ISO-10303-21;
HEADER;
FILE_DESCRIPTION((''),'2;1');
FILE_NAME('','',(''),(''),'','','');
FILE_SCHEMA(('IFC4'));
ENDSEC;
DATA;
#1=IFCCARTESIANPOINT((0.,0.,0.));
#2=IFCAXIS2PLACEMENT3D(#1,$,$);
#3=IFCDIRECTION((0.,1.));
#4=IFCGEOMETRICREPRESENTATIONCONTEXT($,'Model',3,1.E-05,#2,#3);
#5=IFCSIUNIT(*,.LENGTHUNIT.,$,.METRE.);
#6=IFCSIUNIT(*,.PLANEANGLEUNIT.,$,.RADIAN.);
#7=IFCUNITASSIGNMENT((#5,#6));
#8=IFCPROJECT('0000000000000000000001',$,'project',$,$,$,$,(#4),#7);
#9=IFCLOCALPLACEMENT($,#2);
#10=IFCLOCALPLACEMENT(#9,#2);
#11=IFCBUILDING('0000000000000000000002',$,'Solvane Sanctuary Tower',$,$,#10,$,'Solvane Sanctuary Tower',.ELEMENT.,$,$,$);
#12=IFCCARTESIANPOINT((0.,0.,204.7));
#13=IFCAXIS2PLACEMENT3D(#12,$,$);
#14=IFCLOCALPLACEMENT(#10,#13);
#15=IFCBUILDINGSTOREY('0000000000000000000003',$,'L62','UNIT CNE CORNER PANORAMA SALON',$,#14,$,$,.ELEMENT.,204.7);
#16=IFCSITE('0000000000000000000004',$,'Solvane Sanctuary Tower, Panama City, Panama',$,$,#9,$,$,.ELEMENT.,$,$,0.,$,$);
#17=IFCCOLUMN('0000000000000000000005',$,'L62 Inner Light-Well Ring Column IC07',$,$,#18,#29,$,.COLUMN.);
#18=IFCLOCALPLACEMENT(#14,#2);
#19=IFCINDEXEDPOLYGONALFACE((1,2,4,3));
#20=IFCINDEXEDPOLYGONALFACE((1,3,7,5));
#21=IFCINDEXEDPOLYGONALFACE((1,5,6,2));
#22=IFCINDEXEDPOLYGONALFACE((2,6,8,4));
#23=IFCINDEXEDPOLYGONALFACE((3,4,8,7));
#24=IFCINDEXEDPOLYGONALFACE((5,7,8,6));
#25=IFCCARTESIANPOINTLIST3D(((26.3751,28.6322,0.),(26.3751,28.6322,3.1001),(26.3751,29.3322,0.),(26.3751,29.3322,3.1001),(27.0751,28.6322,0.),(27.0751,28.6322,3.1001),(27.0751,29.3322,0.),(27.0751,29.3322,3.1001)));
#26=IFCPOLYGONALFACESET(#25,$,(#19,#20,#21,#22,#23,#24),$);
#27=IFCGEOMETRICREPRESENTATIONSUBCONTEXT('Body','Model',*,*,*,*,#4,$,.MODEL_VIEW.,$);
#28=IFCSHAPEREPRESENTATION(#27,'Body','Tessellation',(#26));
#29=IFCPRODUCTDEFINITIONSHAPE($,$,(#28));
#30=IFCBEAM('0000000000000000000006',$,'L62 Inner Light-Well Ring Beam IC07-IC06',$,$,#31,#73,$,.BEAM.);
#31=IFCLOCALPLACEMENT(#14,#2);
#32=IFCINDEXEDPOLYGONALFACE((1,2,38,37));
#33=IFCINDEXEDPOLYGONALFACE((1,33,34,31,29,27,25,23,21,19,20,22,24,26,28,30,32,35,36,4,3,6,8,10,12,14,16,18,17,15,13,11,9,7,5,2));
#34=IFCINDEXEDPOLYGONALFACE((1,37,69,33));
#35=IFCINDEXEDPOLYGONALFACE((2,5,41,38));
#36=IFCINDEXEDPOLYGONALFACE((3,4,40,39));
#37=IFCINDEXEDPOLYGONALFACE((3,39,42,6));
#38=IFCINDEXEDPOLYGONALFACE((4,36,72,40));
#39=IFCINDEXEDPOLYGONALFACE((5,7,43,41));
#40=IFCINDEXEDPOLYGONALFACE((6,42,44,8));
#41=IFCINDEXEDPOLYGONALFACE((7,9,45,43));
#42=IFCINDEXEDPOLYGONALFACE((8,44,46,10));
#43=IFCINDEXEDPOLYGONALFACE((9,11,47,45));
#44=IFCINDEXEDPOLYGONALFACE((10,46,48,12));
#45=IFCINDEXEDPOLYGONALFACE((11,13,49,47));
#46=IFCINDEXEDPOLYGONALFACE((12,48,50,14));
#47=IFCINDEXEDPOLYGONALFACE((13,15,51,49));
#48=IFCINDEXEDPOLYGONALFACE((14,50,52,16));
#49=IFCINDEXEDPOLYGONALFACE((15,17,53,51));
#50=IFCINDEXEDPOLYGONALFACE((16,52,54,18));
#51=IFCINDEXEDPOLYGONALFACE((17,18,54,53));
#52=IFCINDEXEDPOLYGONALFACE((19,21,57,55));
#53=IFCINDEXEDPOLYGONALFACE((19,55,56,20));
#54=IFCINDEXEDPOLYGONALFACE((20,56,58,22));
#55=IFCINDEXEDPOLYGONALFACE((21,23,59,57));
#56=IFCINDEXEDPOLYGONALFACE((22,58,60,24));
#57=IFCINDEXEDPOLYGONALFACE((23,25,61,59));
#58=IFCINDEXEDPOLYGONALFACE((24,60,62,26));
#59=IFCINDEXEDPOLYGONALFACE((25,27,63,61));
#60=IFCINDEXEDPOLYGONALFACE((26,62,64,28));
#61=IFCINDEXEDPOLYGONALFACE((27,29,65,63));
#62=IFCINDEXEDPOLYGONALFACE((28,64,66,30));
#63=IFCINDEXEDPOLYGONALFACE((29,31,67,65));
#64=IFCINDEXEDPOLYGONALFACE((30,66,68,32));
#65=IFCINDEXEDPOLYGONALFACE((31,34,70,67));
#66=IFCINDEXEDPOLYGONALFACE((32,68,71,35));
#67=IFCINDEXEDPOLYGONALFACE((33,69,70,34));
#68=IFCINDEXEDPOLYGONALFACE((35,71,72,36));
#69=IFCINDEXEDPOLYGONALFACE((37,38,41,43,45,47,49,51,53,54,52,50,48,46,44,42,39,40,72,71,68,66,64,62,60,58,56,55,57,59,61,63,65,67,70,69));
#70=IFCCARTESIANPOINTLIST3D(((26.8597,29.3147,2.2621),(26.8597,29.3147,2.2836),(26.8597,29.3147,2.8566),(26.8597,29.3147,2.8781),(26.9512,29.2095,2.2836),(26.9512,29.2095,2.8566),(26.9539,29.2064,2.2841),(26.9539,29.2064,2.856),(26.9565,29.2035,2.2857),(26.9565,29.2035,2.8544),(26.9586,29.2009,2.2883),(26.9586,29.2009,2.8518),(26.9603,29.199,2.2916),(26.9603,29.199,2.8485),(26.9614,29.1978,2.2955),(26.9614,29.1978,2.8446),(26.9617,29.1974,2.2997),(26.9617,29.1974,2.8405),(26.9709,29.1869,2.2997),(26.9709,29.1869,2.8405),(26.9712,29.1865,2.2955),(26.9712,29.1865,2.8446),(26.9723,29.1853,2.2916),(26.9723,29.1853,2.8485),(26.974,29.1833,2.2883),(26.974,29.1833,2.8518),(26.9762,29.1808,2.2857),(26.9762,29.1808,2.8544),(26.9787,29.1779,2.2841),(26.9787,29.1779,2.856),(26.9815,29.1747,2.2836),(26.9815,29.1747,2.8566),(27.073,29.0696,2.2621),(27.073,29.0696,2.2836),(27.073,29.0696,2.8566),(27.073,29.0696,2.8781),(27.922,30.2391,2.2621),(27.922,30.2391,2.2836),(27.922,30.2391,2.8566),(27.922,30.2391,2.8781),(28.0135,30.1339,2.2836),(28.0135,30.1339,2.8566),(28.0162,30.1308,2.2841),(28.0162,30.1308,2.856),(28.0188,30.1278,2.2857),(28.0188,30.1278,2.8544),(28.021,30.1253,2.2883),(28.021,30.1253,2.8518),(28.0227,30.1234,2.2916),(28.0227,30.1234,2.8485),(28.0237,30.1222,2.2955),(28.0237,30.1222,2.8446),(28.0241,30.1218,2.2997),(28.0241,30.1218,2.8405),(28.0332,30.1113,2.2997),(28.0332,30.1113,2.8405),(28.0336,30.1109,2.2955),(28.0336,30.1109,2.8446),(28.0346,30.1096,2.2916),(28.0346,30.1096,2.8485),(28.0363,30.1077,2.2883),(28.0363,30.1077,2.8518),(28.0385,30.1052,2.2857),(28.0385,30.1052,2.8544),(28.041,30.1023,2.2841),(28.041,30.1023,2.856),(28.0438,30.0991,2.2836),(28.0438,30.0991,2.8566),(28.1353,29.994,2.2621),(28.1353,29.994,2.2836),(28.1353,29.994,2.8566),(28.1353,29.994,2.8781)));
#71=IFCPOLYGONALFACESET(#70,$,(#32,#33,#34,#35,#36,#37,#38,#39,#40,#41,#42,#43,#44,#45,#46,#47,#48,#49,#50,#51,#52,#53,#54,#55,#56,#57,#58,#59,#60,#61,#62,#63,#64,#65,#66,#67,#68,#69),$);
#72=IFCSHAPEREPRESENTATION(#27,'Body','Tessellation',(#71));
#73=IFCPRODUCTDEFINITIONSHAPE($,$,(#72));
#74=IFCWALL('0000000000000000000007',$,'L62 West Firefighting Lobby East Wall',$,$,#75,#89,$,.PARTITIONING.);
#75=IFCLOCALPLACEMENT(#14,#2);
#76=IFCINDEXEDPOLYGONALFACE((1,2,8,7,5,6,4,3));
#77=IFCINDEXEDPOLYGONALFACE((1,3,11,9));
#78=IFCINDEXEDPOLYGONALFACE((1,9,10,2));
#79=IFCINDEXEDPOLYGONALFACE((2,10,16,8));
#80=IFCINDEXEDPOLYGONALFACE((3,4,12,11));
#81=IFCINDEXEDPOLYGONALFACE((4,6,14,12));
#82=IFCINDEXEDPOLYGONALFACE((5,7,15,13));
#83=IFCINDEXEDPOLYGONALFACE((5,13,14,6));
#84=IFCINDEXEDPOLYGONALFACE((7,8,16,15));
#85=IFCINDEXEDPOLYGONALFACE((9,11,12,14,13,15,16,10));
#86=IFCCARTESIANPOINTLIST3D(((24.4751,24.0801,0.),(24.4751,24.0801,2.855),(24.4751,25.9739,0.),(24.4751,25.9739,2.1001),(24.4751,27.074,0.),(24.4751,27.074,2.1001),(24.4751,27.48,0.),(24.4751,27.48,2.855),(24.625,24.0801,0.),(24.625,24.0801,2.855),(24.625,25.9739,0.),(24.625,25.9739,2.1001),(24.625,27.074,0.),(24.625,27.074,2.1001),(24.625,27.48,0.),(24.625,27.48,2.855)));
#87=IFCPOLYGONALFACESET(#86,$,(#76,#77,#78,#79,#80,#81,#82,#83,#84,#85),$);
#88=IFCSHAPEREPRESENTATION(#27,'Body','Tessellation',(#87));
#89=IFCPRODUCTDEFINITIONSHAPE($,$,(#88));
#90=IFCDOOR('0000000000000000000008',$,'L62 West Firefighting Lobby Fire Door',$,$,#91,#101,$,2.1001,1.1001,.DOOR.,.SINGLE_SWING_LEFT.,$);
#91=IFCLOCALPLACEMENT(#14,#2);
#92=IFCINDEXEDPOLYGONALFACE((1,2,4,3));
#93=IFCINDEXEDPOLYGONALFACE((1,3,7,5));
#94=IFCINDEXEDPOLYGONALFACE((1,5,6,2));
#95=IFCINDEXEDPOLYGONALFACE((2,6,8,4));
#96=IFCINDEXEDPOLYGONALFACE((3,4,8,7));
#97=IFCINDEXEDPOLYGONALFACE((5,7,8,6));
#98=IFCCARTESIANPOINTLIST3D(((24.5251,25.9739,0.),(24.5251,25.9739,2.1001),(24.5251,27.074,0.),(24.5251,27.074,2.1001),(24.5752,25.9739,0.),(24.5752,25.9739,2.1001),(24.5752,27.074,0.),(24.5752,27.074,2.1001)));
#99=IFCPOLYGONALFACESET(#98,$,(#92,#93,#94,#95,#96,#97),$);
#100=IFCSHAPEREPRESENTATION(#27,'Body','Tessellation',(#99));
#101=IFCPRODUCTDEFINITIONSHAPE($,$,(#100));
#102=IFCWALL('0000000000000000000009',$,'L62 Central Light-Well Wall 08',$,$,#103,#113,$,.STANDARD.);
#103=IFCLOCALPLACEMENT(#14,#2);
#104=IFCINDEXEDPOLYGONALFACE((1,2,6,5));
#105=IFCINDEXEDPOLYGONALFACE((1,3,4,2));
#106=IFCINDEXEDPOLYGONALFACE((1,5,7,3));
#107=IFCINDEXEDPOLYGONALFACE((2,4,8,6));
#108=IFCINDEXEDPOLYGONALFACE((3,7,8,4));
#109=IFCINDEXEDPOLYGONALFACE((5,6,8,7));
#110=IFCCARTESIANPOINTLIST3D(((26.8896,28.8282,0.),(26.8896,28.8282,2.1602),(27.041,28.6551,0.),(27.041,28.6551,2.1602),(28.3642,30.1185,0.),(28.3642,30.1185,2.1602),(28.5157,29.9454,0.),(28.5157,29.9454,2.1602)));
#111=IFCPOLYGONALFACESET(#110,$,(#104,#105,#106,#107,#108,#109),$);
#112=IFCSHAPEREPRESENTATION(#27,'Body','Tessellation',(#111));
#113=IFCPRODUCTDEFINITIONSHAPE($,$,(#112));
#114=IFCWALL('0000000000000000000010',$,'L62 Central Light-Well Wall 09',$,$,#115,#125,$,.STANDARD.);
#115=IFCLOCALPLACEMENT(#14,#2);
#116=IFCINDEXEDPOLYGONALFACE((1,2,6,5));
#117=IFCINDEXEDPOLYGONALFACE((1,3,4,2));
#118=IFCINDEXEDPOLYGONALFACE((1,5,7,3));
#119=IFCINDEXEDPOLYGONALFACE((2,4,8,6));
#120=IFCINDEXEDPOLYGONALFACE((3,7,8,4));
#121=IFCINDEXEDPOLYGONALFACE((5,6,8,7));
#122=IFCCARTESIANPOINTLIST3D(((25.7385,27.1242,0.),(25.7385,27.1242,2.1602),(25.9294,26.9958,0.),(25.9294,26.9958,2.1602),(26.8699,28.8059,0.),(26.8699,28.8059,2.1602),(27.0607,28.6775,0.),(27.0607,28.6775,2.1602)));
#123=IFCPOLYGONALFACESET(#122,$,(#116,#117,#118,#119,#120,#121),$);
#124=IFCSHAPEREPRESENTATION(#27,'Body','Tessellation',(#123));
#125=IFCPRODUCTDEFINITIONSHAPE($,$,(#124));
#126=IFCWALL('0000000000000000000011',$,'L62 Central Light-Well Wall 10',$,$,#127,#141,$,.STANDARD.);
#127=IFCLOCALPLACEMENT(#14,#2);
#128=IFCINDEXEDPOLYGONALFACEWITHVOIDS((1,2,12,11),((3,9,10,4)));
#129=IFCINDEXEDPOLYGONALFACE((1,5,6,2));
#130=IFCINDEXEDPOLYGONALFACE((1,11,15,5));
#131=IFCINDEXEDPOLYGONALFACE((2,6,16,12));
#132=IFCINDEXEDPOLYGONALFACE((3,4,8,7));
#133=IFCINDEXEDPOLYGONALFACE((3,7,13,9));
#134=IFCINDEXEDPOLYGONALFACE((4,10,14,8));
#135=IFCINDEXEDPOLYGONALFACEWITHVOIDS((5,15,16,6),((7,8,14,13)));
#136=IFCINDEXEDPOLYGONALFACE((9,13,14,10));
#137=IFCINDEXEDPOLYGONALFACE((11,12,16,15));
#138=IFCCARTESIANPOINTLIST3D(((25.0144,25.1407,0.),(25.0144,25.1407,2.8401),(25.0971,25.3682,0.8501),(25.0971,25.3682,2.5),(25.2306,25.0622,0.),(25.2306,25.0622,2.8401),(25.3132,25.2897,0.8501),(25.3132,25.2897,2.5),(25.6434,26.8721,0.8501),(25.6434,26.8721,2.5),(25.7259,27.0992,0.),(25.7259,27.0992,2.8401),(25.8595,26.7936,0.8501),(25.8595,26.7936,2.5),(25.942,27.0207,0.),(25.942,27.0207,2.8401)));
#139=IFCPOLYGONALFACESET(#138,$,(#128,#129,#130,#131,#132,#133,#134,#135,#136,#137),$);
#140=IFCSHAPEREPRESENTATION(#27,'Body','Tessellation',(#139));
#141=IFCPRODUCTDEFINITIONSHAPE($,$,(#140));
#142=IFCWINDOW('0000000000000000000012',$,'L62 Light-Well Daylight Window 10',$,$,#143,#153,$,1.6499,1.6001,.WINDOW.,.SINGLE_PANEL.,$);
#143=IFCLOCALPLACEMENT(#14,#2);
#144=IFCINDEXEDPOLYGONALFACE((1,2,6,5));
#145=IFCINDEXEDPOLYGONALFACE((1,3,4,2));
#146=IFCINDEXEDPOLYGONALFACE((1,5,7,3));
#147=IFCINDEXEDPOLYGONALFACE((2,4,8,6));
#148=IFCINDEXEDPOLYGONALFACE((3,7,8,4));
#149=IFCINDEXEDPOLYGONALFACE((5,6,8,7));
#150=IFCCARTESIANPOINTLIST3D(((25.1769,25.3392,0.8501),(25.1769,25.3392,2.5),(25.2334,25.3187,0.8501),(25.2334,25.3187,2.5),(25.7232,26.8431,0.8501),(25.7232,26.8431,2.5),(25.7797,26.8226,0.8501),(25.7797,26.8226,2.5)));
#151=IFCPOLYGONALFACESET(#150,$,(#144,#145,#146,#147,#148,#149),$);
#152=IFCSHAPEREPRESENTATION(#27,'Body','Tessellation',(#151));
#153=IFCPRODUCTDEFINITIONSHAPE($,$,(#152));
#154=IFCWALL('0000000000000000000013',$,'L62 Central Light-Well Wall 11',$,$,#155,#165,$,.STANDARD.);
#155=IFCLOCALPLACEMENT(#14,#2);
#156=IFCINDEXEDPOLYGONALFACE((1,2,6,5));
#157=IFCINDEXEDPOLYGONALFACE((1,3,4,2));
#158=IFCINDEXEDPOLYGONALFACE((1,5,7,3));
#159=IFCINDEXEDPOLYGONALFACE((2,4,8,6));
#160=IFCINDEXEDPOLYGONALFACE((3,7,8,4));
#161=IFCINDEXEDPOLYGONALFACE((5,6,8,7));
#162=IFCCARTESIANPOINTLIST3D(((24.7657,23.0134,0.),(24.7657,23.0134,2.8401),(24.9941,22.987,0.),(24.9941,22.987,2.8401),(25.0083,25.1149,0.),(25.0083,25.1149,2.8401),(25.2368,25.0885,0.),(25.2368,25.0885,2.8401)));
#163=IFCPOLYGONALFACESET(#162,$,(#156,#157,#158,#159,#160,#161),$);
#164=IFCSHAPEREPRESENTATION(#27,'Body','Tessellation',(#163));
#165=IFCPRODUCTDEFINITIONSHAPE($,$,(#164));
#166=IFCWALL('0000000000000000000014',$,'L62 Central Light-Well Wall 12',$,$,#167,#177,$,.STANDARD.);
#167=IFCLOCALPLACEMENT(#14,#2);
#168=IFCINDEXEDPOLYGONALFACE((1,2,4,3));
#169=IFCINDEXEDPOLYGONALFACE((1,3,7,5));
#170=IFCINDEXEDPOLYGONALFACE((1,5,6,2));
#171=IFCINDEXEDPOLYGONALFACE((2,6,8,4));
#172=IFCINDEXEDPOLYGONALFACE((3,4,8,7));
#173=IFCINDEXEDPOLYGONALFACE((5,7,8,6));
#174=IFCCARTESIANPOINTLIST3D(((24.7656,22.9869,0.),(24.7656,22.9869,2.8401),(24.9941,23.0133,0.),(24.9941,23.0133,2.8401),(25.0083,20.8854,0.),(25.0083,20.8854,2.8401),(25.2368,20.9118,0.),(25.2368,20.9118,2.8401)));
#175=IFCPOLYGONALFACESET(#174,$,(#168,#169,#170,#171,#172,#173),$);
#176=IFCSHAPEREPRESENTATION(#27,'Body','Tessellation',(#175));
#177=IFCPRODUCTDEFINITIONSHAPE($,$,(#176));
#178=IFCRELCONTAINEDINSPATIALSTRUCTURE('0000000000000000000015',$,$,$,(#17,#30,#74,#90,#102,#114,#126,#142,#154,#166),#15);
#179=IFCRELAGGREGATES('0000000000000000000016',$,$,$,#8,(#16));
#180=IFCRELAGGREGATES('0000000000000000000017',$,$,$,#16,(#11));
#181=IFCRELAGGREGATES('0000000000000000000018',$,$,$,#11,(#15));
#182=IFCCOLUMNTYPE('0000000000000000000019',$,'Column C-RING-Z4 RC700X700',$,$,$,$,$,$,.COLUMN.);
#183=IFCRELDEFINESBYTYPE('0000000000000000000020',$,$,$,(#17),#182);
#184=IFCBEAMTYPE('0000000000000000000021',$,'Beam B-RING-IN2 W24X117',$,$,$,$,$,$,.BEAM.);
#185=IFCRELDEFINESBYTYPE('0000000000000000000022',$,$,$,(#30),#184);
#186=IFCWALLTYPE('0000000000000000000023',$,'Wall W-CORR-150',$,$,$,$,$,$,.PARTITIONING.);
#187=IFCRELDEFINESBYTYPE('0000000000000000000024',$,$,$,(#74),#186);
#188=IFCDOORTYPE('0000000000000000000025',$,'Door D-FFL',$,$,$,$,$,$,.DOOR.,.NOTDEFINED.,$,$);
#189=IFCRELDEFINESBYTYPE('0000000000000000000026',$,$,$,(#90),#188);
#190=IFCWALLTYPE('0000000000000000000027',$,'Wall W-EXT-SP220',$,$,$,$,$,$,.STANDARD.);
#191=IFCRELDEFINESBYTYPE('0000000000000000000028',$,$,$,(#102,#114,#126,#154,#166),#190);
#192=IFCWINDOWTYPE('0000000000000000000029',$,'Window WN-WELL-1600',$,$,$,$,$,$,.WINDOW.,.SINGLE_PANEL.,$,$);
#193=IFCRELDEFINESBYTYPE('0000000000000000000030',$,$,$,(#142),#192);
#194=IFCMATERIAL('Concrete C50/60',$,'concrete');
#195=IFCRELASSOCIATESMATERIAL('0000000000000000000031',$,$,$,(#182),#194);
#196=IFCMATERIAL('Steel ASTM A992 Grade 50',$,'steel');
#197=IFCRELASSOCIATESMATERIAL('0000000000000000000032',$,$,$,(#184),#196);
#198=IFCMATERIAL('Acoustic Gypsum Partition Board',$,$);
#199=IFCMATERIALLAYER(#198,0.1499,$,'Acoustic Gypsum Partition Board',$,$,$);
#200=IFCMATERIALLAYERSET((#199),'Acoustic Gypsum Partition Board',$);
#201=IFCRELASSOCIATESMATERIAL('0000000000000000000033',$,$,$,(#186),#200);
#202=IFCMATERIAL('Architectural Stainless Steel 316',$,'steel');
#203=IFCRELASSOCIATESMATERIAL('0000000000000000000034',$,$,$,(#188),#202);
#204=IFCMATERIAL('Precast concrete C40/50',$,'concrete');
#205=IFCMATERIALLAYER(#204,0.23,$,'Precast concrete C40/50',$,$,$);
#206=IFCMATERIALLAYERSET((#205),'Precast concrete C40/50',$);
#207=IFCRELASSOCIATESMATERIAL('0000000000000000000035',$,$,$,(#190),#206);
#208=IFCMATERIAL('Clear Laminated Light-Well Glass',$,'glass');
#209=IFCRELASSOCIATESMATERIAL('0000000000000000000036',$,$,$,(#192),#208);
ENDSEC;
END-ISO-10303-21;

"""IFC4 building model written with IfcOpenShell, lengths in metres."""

from ifc_helpers import new_model, si_unit, direction, frame, frame_2d, origin, origin_2d, place, context, subcontext, project, spatial, rectangle, i_section, extrude, material, layer, layer_set, material_profile, profile_set, type_object, element, fill, save


model = new_model("IFC4")

# Units and contexts
model_context = context("Model", 3, precision=1e-05, world=origin(), true_north=direction((0.0, 1.0)))
body_context = subcontext(model_context, "Body", "Model", "MODEL_VIEW")
ifc_project = project(units=[si_unit("LENGTHUNIT", "METRE"), si_unit("PLANEANGLEUNIT", "RADIAN")], contexts=[model_context])

# Site, building, storey
site_placement = place(None, origin())
site = spatial("IfcSite", under=ifc_project, at=site_placement, Name="Solvane Sanctuary Tower, Panama City, Panama", CompositionType="ELEMENT", RefElevation=0.0)
building_placement = place(site_placement, origin())
building = spatial("IfcBuilding", under=site, at=building_placement, Name="Solvane Sanctuary Tower", LongName="Solvane Sanctuary Tower", CompositionType="ELEMENT")
storey_placement = place(building_placement, frame((0.0, 0.0, 204.7)))
storey = spatial("IfcBuildingStorey", under=building, at=storey_placement, Name="L62", Description="UNIT CNE CORNER PANORAMA SALON", CompositionType="ELEMENT", Elevation=204.7)

# Column
ifc_material_1 = material(Name="Concrete C50/60", Category="concrete")
ifc_material_profile_1 = material_profile(ifc_material_1, rectangle(XDim=0.7, YDim=0.7, at=origin_2d()), Name="RC700X700")
ifc_profile_set_1 = profile_set([ifc_material_profile_1], Name="Concrete C50/60")
column_type = type_object("IfcColumnType", Name="Column C-RING-Z4 RC700X700", PredefinedType="COLUMN", material=ifc_profile_set_1)
column_placement = place(storey_placement, frame((26.7251, 28.9822, 0.0), z_axis=(0.0, 0.0, 1.0), x_axis=(1.0, 0.0, 0.0)))
element("IfcColumn", 1, at=column_placement, inside=storey, type_object=column_type, Name="L62 Inner Light-Well Ring Column IC07", PredefinedType="COLUMN", context=body_context, shape_type="SweptSolid", body=[
    extrude(rectangle(XDim=0.7, YDim=0.7, at=origin_2d()), origin(), (0.0, 0.0, 1.0), 3.1001),
])

# Beam
ifc_material_2 = material(Name="Steel ASTM A992 Grade 50", Category="steel")
ifc_material_profile_2 = material_profile(ifc_material_2, i_section(OverallWidth=0.325, OverallDepth=0.616, WebThickness=0.0139, FlangeThickness=0.0215, FilletRadius=0.0161, at=origin_2d()), Name="W24X117")
ifc_profile_set_2 = profile_set([ifc_material_profile_2], Name="Steel ASTM A992 Grade 50")
beam_type = type_object("IfcBeamType", Name="Beam B-RING-IN2 W24X117", PredefinedType="BEAM", material=ifc_profile_set_2)
beam_placement = place(storey_placement, frame((26.9663, 29.1921, 2.5701), z_axis=(0.754389, 0.656428, 0.0), x_axis=(-0.656428, 0.754389, 0.0)))
element("IfcBeam", 2, at=beam_placement, inside=storey, type_object=beam_type, Name="L62 Inner Light-Well Ring Beam IC07-IC06", PredefinedType="BEAM", context=body_context, shape_type="SweptSolid", body=[
    extrude(i_section(OverallWidth=0.325, OverallDepth=0.616, WebThickness=0.0139, FlangeThickness=0.0215, FilletRadius=0.0161, at=origin_2d()), origin(), (0.0, 0.0, 1.0), 1.4082),
])

# Wall, opening, door
ifc_material_3 = material(Name="Acoustic Gypsum Partition Board")
ifc_layer_1 = layer(ifc_material_3, 0.1499, Name="Acoustic Gypsum Partition Board")
ifc_layer_set_1 = layer_set([ifc_layer_1], Name="Acoustic Gypsum Partition Board")
wall_type_1 = type_object("IfcWallType", Name="Wall W-CORR-150", PredefinedType="PARTITIONING", material=ifc_layer_set_1)
wall_1_placement = place(storey_placement, frame((24.55, 24.0801, 0.0), z_axis=(0.0, 0.0, 1.0), x_axis=(0.0, 1.0, 0.0)))
wall_1 = element("IfcWall", 3, at=wall_1_placement, inside=storey, type_object=wall_type_1, Name="L62 West Firefighting Lobby East Wall", PredefinedType="PARTITIONING", context=body_context, shape_type="SweptSolid", body=[
    extrude(rectangle(XDim=3.3999, YDim=0.1499, at=frame_2d((1.7, 0.0))), origin(), (0.0, 0.0, 1.0), 2.855),
])
opening_1_placement = place(wall_1_placement, frame((1.8938, 0.0, 0.0)))
opening_1 = element("IfcOpeningElement", 4, at=opening_1_placement, cuts=wall_1, PredefinedType="OPENING", context=body_context, shape_type="SweptSolid", body=[
    extrude(rectangle(XDim=1.1001, YDim=2.1001, at=frame_2d((0.55, 1.05))), frame((0.0, 0.085, 0.0), z_axis=(0.0, -1.0, 0.0), x_axis=(1.0, 0.0, 0.0)), (0.0, 0.0, 1.0), 0.1699),
])
ifc_material_4 = material(Name="Architectural Stainless Steel 316", Category="steel")
door_type_1 = type_object("IfcDoorType", Name="Door D-FFL", OperationType="NOTDEFINED", PredefinedType="DOOR", material=ifc_material_4)
door_1_placement = place(opening_1_placement, origin())
door_1 = element("IfcDoor", 5, at=door_1_placement, inside=storey, type_object=door_type_1, Name="L62 West Firefighting Lobby Fire Door", OperationType="SINGLE_SWING_LEFT", OverallHeight=2.1001, OverallWidth=1.1001, PredefinedType="DOOR", context=body_context, shape_type="SweptSolid", body=[
    extrude(rectangle(XDim=1.1001, YDim=2.1001, at=frame_2d((0.55, 1.05))), frame((0.0, 0.0249, 0.0), z_axis=(0.0, -1.0, 0.0), x_axis=(1.0, 0.0, 0.0)), (0.0, 0.0, 1.0), 0.05),
])
fill(opening_1, door_1)

# Walls
ifc_material_5 = material(Name="Precast concrete C40/50", Category="concrete")
ifc_layer_2 = layer(ifc_material_5, 0.23, Name="Precast concrete C40/50")
ifc_layer_set_2 = layer_set([ifc_layer_2], Name="Precast concrete C40/50")
wall_type_2 = type_object("IfcWallType", Name="Wall W-EXT-SP220", PredefinedType="STANDARD", material=ifc_layer_set_2)
wall_2_placement = place(storey_placement, frame((28.4399, 30.032, 0.0), z_axis=(0.0, 0.0, 1.0), x_axis=(-0.752577, -0.658505, 0.0)))
element("IfcWall", 6, at=wall_2_placement, inside=storey, type_object=wall_type_2, Name="L62 Central Light-Well Wall 08", PredefinedType="STANDARD", context=body_context, shape_type="SweptSolid", body=[
    extrude(rectangle(XDim=1.9595, YDim=0.23, at=frame_2d((0.9797, 0.0))), origin(), (0.0, 0.0, 1.0), 2.1602),
])
wall_3_placement = place(storey_placement, frame((26.9653, 28.7417, 0.0), z_axis=(0.0, 0.0, 1.0), x_axis=(-0.558198, -0.829708, 0.0)))
element("IfcWall", 7, at=wall_3_placement, inside=storey, type_object=wall_type_2, Name="L62 Central Light-Well Wall 09", PredefinedType="STANDARD", context=body_context, shape_type="SweptSolid", body=[
    extrude(rectangle(XDim=2.0269, YDim=0.23, at=frame_2d((1.0134, 0.0))), origin(), (0.0, 0.0, 1.0), 2.1602),
])

# Wall, opening, window
wall_4_placement = place(storey_placement, frame((25.834, 27.0601, 0.0), z_axis=(0.0, 0.0, 1.0), x_axis=(-0.341423, -0.93991, 0.0)))
wall_4 = element("IfcWall", 8, at=wall_4_placement, inside=storey, type_object=wall_type_2, Name="L62 Central Light-Well Wall 10", PredefinedType="STANDARD", context=body_context, shape_type="SweptSolid", body=[
    extrude(rectangle(XDim=2.0837, YDim=0.23, at=frame_2d((1.042, 0.0))), origin(), (0.0, 0.0, 1.0), 2.8401),
])
opening_2_placement = place(wall_4_placement, frame((0.2417, 0.0, 0.8501)))
opening_2 = element("IfcOpeningElement", 9, at=opening_2_placement, cuts=wall_4, PredefinedType="OPENING", context=body_context, shape_type="SweptSolid", body=[
    extrude(rectangle(XDim=1.6001, YDim=1.6499, at=frame_2d((0.8, 0.825))), frame((0.0, 0.125, 0.0), z_axis=(0.0, -1.0, 0.0), x_axis=(1.0, 0.0, 0.0)), (0.0, 0.0, 1.0), 0.25),
])
ifc_material_6 = material(Name="Clear Laminated Light-Well Glass", Category="glass")
window_type = type_object("IfcWindowType", Name="Window WN-WELL-1600", PartitioningType="SINGLE_PANEL", PredefinedType="WINDOW", material=ifc_material_6)
window_1_placement = place(opening_2_placement, origin())
window_1 = element("IfcWindow", 10, at=window_1_placement, inside=storey, type_object=window_type, Name="L62 Light-Well Daylight Window 10", OverallHeight=1.6499, OverallWidth=1.6001, PartitioningType="SINGLE_PANEL", PredefinedType="WINDOW", context=body_context, shape_type="SweptSolid", body=[
    extrude(rectangle(XDim=1.6001, YDim=1.6499, at=frame_2d((0.8, 0.825))), frame((0.0, 0.03, 0.0), z_axis=(0.0, -1.0, 0.0), x_axis=(1.0, 0.0, 0.0)), (0.0, 0.0, 1.0), 0.0601),
])
fill(opening_2, window_1)

# Walls
for number, where, z_axis, x_axis, name in (
    (11, (25.1226, 25.1016, 0.0), (0.0, 0.0, 1.0), (-0.114712, -0.993399, 0.0), "L62 Central Light-Well Wall 11"),
    (12, (24.8799, 23.0, 0.0), (0.0, 0.0, 1.0), (0.114712, -0.993399, 0.0), "L62 Central Light-Well Wall 12"),
):
    element("IfcWall", number, at=place(storey_placement, frame(where, z_axis=z_axis, x_axis=x_axis)), inside=storey, type_object=wall_type_2, Name=name, PredefinedType="STANDARD", context=body_context, shape_type="SweptSolid", body=[
        extrude(rectangle(XDim=2.1155, YDim=0.23, at=frame_2d((1.0576, 0.0))), origin(), (0.0, 0.0, 1.0), 2.8401),
    ])

save(model, "model.ifc")
